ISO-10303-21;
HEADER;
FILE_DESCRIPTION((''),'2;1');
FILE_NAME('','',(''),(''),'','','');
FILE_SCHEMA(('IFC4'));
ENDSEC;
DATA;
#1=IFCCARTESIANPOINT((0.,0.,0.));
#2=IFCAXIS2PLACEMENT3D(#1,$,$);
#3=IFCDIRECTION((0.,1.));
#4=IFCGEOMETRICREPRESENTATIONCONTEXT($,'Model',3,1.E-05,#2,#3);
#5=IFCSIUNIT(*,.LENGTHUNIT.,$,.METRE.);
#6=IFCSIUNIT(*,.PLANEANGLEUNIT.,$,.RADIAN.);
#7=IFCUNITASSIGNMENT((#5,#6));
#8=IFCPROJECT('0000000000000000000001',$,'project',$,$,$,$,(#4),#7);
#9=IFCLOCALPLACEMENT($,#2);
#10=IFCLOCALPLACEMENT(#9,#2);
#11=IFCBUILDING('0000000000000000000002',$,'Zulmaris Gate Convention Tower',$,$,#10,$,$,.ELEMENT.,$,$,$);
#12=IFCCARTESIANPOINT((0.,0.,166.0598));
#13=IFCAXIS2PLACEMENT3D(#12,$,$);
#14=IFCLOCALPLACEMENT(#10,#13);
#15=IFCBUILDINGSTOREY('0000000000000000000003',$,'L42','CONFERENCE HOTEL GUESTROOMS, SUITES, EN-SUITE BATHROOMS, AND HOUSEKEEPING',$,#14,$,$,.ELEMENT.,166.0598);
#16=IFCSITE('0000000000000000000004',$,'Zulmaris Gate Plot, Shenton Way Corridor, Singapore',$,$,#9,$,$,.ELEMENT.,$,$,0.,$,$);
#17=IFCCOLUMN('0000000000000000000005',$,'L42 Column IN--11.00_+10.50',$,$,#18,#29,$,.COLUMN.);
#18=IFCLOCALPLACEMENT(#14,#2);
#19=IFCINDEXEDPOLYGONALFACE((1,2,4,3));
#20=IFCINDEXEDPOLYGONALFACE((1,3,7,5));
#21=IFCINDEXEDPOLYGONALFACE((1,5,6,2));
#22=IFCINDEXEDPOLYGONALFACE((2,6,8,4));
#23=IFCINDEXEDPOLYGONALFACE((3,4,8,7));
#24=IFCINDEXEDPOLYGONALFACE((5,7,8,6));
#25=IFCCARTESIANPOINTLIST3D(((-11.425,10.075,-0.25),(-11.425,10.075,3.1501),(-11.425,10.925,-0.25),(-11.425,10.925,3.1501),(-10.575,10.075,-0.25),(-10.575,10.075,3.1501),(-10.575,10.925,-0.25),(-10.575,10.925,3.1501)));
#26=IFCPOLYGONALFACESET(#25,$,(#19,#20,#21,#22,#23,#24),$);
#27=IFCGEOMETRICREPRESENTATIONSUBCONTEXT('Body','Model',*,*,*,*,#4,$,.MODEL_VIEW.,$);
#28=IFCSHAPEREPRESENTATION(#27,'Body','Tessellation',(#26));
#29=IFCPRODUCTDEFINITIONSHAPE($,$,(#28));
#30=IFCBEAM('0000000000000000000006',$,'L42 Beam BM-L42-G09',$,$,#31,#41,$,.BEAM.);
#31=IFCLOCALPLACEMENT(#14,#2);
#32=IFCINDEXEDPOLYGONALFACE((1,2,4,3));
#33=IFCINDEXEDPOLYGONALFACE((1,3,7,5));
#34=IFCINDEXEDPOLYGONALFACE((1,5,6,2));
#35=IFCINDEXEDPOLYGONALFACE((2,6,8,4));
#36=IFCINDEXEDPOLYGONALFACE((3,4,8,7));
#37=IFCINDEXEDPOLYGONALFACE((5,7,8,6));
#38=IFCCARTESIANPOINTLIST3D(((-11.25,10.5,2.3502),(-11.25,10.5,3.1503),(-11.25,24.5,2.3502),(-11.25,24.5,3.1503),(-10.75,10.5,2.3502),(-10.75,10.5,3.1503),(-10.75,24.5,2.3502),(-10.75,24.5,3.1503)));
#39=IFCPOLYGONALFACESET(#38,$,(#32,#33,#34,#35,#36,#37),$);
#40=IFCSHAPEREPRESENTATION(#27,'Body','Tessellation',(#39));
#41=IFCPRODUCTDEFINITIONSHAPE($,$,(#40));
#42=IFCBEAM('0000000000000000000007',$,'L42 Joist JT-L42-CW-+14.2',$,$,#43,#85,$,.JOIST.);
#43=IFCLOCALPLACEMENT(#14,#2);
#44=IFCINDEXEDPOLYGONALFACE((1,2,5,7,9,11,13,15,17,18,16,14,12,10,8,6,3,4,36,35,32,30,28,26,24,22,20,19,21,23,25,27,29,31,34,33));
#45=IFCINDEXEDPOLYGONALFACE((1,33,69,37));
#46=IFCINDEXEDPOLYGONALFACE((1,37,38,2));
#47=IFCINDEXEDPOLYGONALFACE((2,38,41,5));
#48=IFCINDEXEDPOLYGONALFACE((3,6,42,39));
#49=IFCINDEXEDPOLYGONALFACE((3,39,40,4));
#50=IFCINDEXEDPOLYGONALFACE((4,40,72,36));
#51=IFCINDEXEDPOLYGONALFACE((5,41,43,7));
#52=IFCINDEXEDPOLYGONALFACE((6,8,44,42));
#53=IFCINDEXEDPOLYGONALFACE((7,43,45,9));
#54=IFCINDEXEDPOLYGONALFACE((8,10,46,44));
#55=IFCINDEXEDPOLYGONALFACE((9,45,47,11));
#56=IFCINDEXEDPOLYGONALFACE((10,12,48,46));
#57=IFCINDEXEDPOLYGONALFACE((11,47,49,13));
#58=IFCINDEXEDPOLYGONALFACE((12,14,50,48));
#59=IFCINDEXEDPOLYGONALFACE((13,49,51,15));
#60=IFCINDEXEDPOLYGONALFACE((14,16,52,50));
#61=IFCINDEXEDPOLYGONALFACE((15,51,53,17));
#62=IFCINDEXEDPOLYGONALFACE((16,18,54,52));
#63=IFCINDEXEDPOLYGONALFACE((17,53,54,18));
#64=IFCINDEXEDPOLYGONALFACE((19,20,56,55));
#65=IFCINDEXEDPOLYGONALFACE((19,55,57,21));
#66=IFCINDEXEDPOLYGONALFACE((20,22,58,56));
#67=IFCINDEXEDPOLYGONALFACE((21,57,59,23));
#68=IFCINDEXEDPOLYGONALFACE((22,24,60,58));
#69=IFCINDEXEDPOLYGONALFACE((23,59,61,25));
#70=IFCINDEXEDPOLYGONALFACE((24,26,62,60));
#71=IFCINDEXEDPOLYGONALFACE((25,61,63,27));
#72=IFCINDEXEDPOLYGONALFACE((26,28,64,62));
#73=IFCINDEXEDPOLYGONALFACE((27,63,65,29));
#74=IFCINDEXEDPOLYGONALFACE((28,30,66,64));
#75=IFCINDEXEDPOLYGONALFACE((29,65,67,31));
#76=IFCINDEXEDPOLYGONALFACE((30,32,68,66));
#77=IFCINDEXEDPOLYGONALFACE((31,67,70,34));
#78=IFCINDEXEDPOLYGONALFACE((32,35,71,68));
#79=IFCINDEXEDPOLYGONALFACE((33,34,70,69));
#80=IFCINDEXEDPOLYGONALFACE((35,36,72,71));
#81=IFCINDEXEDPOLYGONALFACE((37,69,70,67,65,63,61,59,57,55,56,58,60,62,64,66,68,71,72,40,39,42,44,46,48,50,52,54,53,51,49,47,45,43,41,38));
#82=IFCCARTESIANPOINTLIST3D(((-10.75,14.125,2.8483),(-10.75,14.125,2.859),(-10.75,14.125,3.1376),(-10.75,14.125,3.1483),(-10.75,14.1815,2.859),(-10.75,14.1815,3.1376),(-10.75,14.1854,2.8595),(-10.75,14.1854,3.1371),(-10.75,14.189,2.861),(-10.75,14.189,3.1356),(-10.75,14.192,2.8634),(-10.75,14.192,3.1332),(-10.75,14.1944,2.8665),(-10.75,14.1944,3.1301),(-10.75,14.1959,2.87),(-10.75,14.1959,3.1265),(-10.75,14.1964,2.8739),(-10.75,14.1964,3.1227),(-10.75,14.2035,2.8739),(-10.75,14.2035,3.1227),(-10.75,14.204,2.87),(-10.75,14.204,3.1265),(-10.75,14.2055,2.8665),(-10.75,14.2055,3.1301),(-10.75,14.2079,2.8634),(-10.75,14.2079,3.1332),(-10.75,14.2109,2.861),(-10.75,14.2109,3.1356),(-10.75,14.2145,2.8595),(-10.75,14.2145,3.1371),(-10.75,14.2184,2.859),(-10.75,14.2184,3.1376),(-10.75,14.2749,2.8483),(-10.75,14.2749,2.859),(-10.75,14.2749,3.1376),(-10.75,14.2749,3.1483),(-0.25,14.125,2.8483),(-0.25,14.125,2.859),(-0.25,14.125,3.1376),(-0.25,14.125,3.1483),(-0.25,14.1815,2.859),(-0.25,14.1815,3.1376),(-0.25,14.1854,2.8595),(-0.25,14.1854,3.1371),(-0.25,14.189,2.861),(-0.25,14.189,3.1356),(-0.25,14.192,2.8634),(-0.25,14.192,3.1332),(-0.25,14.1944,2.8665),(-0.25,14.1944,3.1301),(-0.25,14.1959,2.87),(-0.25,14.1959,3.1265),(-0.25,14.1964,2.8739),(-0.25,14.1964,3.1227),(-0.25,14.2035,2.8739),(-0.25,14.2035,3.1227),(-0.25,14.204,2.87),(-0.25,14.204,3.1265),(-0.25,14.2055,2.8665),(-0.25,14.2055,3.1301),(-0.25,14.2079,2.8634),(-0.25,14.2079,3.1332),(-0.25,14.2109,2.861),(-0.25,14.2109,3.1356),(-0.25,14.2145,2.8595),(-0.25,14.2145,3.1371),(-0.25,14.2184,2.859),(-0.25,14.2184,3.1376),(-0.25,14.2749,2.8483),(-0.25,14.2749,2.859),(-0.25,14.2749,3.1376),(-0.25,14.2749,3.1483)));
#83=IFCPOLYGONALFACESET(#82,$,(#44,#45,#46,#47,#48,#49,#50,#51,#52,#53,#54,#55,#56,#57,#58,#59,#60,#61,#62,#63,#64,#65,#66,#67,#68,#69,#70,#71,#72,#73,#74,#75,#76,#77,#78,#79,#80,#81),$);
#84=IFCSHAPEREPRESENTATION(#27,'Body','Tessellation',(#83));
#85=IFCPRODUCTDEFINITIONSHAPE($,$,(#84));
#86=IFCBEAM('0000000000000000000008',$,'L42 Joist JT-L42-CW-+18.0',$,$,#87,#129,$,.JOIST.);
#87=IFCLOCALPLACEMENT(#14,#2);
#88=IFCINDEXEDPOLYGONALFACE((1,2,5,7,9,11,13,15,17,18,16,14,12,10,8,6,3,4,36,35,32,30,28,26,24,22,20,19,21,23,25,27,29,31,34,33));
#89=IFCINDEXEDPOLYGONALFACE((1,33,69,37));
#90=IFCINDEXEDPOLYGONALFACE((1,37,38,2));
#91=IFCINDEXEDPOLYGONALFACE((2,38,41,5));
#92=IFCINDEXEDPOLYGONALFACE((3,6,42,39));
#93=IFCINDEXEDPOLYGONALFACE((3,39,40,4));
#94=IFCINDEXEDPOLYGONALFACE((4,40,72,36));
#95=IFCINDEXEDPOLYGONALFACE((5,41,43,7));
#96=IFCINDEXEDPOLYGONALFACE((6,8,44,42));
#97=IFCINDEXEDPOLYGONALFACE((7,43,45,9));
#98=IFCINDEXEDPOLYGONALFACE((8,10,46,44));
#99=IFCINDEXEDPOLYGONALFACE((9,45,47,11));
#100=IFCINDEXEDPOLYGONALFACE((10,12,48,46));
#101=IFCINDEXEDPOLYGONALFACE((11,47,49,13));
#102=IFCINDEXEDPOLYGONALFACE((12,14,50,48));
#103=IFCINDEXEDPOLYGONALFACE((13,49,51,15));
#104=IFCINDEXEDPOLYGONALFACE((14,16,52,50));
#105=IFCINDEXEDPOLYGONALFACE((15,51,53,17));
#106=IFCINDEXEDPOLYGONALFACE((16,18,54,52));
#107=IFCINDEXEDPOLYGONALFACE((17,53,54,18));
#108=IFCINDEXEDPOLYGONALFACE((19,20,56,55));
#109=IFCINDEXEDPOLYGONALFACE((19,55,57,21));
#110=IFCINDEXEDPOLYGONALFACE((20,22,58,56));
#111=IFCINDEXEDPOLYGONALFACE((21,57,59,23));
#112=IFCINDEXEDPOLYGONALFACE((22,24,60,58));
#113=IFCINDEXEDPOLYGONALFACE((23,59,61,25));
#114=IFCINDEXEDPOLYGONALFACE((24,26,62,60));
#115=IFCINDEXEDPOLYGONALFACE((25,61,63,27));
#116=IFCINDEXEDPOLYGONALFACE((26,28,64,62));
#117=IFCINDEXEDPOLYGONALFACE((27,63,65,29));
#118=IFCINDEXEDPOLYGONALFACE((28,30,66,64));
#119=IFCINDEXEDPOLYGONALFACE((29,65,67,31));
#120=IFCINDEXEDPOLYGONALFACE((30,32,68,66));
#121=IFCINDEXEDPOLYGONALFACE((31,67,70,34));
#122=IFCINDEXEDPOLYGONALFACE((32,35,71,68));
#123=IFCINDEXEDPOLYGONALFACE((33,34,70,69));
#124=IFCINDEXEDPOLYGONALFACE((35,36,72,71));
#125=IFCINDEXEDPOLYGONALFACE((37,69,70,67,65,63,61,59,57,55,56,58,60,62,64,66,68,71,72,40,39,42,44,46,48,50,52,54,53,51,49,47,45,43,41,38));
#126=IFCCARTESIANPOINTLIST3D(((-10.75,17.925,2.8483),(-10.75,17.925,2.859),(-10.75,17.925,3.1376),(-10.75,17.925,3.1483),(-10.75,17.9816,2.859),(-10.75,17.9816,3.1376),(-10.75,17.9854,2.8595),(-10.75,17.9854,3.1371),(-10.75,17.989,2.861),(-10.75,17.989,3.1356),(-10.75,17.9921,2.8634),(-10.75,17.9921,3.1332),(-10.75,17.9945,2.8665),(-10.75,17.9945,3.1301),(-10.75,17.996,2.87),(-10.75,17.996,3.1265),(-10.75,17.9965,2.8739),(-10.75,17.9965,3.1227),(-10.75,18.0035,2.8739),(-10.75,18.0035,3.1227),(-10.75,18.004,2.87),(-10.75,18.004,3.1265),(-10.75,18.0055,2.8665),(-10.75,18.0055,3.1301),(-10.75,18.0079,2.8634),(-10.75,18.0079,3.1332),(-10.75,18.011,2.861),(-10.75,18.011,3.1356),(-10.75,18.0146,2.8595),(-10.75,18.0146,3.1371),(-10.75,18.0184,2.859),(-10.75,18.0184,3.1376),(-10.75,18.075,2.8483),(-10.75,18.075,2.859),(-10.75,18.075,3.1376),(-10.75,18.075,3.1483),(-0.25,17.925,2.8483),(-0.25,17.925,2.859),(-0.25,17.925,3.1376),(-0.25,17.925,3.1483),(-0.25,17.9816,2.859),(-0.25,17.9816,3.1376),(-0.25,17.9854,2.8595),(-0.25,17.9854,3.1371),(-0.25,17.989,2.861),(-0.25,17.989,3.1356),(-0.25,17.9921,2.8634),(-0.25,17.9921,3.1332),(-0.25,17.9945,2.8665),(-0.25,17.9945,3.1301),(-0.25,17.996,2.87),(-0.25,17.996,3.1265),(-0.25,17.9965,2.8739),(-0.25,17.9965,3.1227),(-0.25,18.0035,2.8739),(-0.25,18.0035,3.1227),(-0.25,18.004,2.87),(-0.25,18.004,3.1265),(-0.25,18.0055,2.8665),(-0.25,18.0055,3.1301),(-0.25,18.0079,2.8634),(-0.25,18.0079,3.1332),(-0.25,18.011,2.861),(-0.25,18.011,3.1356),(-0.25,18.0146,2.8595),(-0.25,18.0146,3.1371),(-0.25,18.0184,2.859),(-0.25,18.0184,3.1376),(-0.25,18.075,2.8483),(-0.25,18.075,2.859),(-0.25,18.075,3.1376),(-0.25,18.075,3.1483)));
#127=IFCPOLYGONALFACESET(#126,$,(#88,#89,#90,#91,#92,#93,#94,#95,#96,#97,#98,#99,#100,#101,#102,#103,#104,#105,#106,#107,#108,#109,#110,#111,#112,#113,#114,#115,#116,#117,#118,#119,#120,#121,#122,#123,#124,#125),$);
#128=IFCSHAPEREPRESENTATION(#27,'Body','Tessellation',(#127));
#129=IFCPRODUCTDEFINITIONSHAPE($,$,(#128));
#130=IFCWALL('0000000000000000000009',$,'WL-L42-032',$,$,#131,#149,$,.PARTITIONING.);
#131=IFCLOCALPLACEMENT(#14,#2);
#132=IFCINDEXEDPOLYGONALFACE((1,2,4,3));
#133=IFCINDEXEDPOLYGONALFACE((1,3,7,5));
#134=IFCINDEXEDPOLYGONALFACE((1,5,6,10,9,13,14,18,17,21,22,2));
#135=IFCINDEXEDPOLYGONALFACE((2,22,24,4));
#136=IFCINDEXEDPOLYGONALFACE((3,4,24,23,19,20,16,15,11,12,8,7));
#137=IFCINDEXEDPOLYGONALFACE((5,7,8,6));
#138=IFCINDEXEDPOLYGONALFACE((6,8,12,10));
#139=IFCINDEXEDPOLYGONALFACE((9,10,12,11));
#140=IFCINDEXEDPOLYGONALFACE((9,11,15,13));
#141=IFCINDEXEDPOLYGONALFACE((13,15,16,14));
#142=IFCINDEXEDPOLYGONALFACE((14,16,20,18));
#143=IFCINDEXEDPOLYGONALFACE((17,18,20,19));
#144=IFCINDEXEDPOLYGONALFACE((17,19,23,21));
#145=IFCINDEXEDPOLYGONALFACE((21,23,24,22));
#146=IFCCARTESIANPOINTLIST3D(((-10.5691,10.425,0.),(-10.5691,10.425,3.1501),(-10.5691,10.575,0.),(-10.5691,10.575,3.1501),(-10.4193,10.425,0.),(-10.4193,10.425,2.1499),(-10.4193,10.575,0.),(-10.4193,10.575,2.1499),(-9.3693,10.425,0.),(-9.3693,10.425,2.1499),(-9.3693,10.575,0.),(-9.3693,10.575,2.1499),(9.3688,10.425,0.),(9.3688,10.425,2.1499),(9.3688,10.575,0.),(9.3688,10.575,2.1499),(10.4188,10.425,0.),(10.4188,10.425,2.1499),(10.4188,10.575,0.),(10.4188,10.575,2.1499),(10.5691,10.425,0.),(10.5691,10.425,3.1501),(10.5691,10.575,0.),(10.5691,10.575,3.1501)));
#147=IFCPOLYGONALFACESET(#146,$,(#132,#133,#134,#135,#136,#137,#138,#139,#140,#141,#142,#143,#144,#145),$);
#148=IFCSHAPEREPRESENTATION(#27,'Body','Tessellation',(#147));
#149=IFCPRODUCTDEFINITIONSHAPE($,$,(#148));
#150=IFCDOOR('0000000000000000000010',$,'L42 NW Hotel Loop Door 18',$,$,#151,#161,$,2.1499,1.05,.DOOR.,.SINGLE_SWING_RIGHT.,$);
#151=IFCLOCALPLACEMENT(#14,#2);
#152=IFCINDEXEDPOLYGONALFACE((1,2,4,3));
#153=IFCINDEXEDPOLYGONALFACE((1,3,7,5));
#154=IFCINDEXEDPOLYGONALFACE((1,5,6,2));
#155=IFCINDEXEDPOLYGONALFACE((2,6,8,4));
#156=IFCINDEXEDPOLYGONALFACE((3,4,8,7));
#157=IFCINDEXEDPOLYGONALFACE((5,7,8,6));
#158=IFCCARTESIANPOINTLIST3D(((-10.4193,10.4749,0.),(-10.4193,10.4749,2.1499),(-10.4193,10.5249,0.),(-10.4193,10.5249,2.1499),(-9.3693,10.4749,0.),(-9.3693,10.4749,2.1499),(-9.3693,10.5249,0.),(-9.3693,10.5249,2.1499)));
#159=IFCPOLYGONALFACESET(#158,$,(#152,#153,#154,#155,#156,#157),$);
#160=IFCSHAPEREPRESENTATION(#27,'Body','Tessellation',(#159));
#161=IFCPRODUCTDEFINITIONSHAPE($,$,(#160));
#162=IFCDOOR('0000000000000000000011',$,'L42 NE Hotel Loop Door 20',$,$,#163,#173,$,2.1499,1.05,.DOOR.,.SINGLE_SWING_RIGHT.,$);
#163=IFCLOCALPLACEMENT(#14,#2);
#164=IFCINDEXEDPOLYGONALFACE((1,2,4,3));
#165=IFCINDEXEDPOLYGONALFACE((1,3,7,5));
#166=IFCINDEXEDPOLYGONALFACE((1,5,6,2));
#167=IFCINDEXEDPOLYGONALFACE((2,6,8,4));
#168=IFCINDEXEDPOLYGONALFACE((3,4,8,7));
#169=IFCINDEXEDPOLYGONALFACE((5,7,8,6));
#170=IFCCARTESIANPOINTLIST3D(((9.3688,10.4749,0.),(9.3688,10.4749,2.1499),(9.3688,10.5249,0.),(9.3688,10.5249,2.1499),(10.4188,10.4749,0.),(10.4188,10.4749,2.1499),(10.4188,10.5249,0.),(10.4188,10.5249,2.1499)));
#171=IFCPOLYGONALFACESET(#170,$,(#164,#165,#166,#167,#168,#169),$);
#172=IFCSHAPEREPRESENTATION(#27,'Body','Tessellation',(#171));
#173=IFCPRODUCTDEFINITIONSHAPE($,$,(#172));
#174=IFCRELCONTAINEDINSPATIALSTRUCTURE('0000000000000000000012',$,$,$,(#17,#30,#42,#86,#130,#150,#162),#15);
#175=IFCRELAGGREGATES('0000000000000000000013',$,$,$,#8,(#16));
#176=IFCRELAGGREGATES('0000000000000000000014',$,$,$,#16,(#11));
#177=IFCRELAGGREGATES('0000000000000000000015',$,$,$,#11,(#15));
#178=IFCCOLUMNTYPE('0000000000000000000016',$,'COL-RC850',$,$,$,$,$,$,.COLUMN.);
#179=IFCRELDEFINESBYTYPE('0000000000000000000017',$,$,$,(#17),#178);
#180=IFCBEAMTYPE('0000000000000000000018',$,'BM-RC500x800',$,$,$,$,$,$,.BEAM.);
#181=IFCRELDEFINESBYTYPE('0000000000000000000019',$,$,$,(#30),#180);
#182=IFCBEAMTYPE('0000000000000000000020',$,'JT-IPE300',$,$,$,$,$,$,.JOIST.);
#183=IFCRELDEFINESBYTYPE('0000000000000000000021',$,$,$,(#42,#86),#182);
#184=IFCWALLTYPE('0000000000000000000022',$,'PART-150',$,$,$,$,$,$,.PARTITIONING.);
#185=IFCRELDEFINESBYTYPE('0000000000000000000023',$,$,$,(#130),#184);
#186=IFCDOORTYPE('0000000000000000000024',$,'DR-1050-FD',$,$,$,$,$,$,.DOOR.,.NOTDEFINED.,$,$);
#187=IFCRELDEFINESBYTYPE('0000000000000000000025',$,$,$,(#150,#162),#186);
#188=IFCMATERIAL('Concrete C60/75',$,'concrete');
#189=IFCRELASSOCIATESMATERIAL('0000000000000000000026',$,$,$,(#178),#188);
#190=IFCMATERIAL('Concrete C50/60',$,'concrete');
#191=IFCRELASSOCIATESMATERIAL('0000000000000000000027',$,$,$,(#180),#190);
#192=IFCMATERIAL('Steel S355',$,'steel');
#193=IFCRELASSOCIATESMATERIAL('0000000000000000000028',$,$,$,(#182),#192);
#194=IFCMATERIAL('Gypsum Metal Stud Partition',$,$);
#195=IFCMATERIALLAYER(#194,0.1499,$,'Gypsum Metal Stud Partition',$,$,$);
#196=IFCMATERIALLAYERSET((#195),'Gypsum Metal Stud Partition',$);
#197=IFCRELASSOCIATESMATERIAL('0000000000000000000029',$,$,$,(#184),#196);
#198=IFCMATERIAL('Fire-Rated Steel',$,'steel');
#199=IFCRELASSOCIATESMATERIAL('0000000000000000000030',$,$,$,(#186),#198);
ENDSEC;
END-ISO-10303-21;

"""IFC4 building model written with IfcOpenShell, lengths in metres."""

from ifc_helpers import new_model, si_unit, direction, frame, frame_2d, origin, origin_2d, place, context, subcontext, project, spatial, rectangle, i_section, extrude, material, layer, layer_set, material_profile, profile_set, type_object, element, fill, save


model = new_model("IFC4")

# Units and contexts
model_context = context("Model", 3, precision=1e-05, world=origin(), true_north=direction((0.0, 1.0)))
body_context = subcontext(model_context, "Body", "Model", "MODEL_VIEW")
ifc_project = project(units=[si_unit("LENGTHUNIT", "METRE"), si_unit("PLANEANGLEUNIT", "RADIAN")], contexts=[model_context])

# Site, building, storey
site_placement = place(None, origin())
site = spatial("IfcSite", under=ifc_project, at=site_placement, Name="Zulmaris Gate Plot, Shenton Way Corridor, Singapore", CompositionType="ELEMENT", RefElevation=0.0)
building_placement = place(site_placement, origin())
building = spatial("IfcBuilding", under=site, at=building_placement, Name="Zulmaris Gate Convention Tower", CompositionType="ELEMENT")
storey_placement = place(building_placement, frame((0.0, 0.0, 166.0598)))
storey = spatial("IfcBuildingStorey", under=building, at=storey_placement, Name="L42", Description="CONFERENCE HOTEL GUESTROOMS, SUITES, EN-SUITE BATHROOMS, AND HOUSEKEEPING", CompositionType="ELEMENT", Elevation=166.0598)

# Column
ifc_material_1 = material(Name="Concrete C60/75", Category="concrete")
ifc_material_profile_1 = material_profile(ifc_material_1, rectangle(XDim=0.8501, YDim=0.8501, at=origin_2d()), Name="RC COL 850x850")
ifc_profile_set_1 = profile_set([ifc_material_profile_1], Name="Concrete C60/75")
column_type = type_object("IfcColumnType", Name="COL-RC850", PredefinedType="COLUMN", material=ifc_profile_set_1)
column_placement = place(storey_placement, frame((-11.0, 10.5, -0.25), z_axis=(0.0, 0.0, 1.0), x_axis=(1.0, 0.0, 0.0)))
element("IfcColumn", 1, at=column_placement, inside=storey, type_object=column_type, Name="L42 Column IN--11.00_+10.50", PredefinedType="COLUMN", context=body_context, shape_type="SweptSolid", body=[
    extrude(rectangle(XDim=0.8501, YDim=0.8501, at=origin_2d()), origin(), (0.0, 0.0, 1.0), 3.4001),
])

# Beams
ifc_material_2 = material(Name="Concrete C50/60", Category="concrete")
ifc_material_profile_2 = material_profile(ifc_material_2, rectangle(XDim=0.5, YDim=0.8, at=origin_2d()), Name="RC BEAM 500x800")
ifc_profile_set_2 = profile_set([ifc_material_profile_2], Name="Concrete C50/60")
beam_type_1 = type_object("IfcBeamType", Name="BM-RC500x800", PredefinedType="BEAM", material=ifc_profile_set_2)
beam_placement = place(storey_placement, frame((-11.0, 10.5, 2.7502), z_axis=(0.0, 1.0, 0.0), x_axis=(-1.0, 0.0, 0.0)))
element("IfcBeam", 2, at=beam_placement, inside=storey, type_object=beam_type_1, Name="L42 Beam BM-L42-G09", PredefinedType="BEAM", context=body_context, shape_type="SweptSolid", body=[
    extrude(rectangle(XDim=0.5, YDim=0.8, at=origin_2d()), origin(), (0.0, 0.0, 1.0), 14.0),
])
ifc_material_3 = material(Name="Steel S355", Category="steel")
ifc_material_profile_3 = material_profile(ifc_material_3, i_section(OverallWidth=0.1499, OverallDepth=0.3, WebThickness=0.0071, FlangeThickness=0.0107, FilletRadius=0.0149, at=origin_2d()), Name="IPE 300")
ifc_profile_set_3 = profile_set([ifc_material_profile_3], Name="Steel S355")
beam_type_2 = type_object("IfcBeamType", Name="JT-IPE300", PredefinedType="JOIST", material=ifc_profile_set_3)
for number, where, z_axis, x_axis, name in (
    (3, (-10.75, 14.2, 2.9983), (1.0, 0.0, 0.0), (0.0, 1.0, 0.0), "L42 Joist JT-L42-CW-+14.2"),
    (4, (-10.75, 18.0, 2.9983), (1.0, 0.0, 0.0), (0.0, 1.0, 0.0), "L42 Joist JT-L42-CW-+18.0"),
):
    element("IfcBeam", number, at=place(storey_placement, frame(where, z_axis=z_axis, x_axis=x_axis)), inside=storey, type_object=beam_type_2, Name=name, PredefinedType="JOIST", context=body_context, shape_type="SweptSolid", body=[
        extrude(i_section(OverallWidth=0.1499, OverallDepth=0.3, WebThickness=0.0071, FlangeThickness=0.0107, FilletRadius=0.0149, at=origin_2d()), origin(), (0.0, 0.0, 1.0), 10.5),
    ])

# Wall, openings, doors
ifc_material_4 = material(Name="Gypsum Metal Stud Partition")
ifc_layer_1 = layer(ifc_material_4, 0.1499, Name="Gypsum Metal Stud Partition")
ifc_layer_set_1 = layer_set([ifc_layer_1], Name="Gypsum Metal Stud Partition")
wall_type_1 = type_object("IfcWallType", Name="PART-150", PredefinedType="PARTITIONING", material=ifc_layer_set_1)
wall_1_placement = place(storey_placement, frame((-10.5691, 10.5, 0.0), z_axis=(0.0, 0.0, 1.0), x_axis=(1.0, 0.0, 0.0)))
wall_1 = element("IfcWall", 5, at=wall_1_placement, inside=storey, type_object=wall_type_1, Name="WL-L42-032", PredefinedType="PARTITIONING", context=body_context, shape_type="SweptSolid", body=[
    extrude(rectangle(XDim=21.1382, YDim=0.1499, at=frame_2d((10.5691, 0.0))), origin(), (0.0, 0.0, 1.0), 3.1501),
])
opening_1_placement = place(wall_1_placement, frame((0.1499, 0.0, 0.0)))
opening_1 = element("IfcOpeningElement", 6, at=opening_1_placement, cuts=wall_1, PredefinedType="OPENING", context=body_context, shape_type="SweptSolid", body=[
    extrude(rectangle(XDim=1.05, YDim=2.1499, at=frame_2d((0.5249, 1.075))), frame((0.0, 0.085, 0.0), z_axis=(0.0, -1.0, 0.0), x_axis=(1.0, 0.0, 0.0)), (0.0, 0.0, 1.0), 0.1699),
])
opening_2_placement = place(wall_1_placement, frame((19.938, 0.0, 0.0)))
opening_2 = element("IfcOpeningElement", 7, at=opening_2_placement, cuts=wall_1, PredefinedType="OPENING", context=body_context, shape_type="SweptSolid", body=[
    extrude(rectangle(XDim=1.05, YDim=2.1499, at=frame_2d((0.5249, 1.075))), frame((0.0, 0.085, 0.0), z_axis=(0.0, -1.0, 0.0), x_axis=(1.0, 0.0, 0.0)), (0.0, 0.0, 1.0), 0.1699),
])
ifc_material_5 = material(Name="Fire-Rated Steel", Category="steel")
door_type_1 = type_object("IfcDoorType", Name="DR-1050-FD", OperationType="NOTDEFINED", PredefinedType="DOOR", material=ifc_material_5)
door_1_placement = place(opening_1_placement, origin())
door_1 = element("IfcDoor", 8, at=door_1_placement, inside=storey, type_object=door_type_1, Name="L42 NW Hotel Loop Door 18", OperationType="SINGLE_SWING_RIGHT", OverallHeight=2.1499, OverallWidth=1.05, PredefinedType="DOOR", context=body_context, shape_type="SweptSolid", body=[
    extrude(rectangle(XDim=1.05, YDim=2.1499, at=frame_2d((0.5249, 1.075))), frame((0.0, 0.0249, 0.0), z_axis=(0.0, -1.0, 0.0), x_axis=(1.0, 0.0, 0.0)), (0.0, 0.0, 1.0), 0.05),
])
fill(opening_1, door_1)
door_2_placement = place(opening_2_placement, origin())
door_2 = element("IfcDoor", 9, at=door_2_placement, inside=storey, type_object=door_type_1, Name="L42 NE Hotel Loop Door 20", OperationType="SINGLE_SWING_RIGHT", OverallHeight=2.1499, OverallWidth=1.05, PredefinedType="DOOR", context=body_context, shape_type="SweptSolid", body=[
    extrude(rectangle(XDim=1.05, YDim=2.1499, at=frame_2d((0.5249, 1.075))), frame((0.0, 0.0249, 0.0), z_axis=(0.0, -1.0, 0.0), x_axis=(1.0, 0.0, 0.0)), (0.0, 0.0, 1.0), 0.05),
])
fill(opening_2, door_2)

save(model, "model.ifc")
